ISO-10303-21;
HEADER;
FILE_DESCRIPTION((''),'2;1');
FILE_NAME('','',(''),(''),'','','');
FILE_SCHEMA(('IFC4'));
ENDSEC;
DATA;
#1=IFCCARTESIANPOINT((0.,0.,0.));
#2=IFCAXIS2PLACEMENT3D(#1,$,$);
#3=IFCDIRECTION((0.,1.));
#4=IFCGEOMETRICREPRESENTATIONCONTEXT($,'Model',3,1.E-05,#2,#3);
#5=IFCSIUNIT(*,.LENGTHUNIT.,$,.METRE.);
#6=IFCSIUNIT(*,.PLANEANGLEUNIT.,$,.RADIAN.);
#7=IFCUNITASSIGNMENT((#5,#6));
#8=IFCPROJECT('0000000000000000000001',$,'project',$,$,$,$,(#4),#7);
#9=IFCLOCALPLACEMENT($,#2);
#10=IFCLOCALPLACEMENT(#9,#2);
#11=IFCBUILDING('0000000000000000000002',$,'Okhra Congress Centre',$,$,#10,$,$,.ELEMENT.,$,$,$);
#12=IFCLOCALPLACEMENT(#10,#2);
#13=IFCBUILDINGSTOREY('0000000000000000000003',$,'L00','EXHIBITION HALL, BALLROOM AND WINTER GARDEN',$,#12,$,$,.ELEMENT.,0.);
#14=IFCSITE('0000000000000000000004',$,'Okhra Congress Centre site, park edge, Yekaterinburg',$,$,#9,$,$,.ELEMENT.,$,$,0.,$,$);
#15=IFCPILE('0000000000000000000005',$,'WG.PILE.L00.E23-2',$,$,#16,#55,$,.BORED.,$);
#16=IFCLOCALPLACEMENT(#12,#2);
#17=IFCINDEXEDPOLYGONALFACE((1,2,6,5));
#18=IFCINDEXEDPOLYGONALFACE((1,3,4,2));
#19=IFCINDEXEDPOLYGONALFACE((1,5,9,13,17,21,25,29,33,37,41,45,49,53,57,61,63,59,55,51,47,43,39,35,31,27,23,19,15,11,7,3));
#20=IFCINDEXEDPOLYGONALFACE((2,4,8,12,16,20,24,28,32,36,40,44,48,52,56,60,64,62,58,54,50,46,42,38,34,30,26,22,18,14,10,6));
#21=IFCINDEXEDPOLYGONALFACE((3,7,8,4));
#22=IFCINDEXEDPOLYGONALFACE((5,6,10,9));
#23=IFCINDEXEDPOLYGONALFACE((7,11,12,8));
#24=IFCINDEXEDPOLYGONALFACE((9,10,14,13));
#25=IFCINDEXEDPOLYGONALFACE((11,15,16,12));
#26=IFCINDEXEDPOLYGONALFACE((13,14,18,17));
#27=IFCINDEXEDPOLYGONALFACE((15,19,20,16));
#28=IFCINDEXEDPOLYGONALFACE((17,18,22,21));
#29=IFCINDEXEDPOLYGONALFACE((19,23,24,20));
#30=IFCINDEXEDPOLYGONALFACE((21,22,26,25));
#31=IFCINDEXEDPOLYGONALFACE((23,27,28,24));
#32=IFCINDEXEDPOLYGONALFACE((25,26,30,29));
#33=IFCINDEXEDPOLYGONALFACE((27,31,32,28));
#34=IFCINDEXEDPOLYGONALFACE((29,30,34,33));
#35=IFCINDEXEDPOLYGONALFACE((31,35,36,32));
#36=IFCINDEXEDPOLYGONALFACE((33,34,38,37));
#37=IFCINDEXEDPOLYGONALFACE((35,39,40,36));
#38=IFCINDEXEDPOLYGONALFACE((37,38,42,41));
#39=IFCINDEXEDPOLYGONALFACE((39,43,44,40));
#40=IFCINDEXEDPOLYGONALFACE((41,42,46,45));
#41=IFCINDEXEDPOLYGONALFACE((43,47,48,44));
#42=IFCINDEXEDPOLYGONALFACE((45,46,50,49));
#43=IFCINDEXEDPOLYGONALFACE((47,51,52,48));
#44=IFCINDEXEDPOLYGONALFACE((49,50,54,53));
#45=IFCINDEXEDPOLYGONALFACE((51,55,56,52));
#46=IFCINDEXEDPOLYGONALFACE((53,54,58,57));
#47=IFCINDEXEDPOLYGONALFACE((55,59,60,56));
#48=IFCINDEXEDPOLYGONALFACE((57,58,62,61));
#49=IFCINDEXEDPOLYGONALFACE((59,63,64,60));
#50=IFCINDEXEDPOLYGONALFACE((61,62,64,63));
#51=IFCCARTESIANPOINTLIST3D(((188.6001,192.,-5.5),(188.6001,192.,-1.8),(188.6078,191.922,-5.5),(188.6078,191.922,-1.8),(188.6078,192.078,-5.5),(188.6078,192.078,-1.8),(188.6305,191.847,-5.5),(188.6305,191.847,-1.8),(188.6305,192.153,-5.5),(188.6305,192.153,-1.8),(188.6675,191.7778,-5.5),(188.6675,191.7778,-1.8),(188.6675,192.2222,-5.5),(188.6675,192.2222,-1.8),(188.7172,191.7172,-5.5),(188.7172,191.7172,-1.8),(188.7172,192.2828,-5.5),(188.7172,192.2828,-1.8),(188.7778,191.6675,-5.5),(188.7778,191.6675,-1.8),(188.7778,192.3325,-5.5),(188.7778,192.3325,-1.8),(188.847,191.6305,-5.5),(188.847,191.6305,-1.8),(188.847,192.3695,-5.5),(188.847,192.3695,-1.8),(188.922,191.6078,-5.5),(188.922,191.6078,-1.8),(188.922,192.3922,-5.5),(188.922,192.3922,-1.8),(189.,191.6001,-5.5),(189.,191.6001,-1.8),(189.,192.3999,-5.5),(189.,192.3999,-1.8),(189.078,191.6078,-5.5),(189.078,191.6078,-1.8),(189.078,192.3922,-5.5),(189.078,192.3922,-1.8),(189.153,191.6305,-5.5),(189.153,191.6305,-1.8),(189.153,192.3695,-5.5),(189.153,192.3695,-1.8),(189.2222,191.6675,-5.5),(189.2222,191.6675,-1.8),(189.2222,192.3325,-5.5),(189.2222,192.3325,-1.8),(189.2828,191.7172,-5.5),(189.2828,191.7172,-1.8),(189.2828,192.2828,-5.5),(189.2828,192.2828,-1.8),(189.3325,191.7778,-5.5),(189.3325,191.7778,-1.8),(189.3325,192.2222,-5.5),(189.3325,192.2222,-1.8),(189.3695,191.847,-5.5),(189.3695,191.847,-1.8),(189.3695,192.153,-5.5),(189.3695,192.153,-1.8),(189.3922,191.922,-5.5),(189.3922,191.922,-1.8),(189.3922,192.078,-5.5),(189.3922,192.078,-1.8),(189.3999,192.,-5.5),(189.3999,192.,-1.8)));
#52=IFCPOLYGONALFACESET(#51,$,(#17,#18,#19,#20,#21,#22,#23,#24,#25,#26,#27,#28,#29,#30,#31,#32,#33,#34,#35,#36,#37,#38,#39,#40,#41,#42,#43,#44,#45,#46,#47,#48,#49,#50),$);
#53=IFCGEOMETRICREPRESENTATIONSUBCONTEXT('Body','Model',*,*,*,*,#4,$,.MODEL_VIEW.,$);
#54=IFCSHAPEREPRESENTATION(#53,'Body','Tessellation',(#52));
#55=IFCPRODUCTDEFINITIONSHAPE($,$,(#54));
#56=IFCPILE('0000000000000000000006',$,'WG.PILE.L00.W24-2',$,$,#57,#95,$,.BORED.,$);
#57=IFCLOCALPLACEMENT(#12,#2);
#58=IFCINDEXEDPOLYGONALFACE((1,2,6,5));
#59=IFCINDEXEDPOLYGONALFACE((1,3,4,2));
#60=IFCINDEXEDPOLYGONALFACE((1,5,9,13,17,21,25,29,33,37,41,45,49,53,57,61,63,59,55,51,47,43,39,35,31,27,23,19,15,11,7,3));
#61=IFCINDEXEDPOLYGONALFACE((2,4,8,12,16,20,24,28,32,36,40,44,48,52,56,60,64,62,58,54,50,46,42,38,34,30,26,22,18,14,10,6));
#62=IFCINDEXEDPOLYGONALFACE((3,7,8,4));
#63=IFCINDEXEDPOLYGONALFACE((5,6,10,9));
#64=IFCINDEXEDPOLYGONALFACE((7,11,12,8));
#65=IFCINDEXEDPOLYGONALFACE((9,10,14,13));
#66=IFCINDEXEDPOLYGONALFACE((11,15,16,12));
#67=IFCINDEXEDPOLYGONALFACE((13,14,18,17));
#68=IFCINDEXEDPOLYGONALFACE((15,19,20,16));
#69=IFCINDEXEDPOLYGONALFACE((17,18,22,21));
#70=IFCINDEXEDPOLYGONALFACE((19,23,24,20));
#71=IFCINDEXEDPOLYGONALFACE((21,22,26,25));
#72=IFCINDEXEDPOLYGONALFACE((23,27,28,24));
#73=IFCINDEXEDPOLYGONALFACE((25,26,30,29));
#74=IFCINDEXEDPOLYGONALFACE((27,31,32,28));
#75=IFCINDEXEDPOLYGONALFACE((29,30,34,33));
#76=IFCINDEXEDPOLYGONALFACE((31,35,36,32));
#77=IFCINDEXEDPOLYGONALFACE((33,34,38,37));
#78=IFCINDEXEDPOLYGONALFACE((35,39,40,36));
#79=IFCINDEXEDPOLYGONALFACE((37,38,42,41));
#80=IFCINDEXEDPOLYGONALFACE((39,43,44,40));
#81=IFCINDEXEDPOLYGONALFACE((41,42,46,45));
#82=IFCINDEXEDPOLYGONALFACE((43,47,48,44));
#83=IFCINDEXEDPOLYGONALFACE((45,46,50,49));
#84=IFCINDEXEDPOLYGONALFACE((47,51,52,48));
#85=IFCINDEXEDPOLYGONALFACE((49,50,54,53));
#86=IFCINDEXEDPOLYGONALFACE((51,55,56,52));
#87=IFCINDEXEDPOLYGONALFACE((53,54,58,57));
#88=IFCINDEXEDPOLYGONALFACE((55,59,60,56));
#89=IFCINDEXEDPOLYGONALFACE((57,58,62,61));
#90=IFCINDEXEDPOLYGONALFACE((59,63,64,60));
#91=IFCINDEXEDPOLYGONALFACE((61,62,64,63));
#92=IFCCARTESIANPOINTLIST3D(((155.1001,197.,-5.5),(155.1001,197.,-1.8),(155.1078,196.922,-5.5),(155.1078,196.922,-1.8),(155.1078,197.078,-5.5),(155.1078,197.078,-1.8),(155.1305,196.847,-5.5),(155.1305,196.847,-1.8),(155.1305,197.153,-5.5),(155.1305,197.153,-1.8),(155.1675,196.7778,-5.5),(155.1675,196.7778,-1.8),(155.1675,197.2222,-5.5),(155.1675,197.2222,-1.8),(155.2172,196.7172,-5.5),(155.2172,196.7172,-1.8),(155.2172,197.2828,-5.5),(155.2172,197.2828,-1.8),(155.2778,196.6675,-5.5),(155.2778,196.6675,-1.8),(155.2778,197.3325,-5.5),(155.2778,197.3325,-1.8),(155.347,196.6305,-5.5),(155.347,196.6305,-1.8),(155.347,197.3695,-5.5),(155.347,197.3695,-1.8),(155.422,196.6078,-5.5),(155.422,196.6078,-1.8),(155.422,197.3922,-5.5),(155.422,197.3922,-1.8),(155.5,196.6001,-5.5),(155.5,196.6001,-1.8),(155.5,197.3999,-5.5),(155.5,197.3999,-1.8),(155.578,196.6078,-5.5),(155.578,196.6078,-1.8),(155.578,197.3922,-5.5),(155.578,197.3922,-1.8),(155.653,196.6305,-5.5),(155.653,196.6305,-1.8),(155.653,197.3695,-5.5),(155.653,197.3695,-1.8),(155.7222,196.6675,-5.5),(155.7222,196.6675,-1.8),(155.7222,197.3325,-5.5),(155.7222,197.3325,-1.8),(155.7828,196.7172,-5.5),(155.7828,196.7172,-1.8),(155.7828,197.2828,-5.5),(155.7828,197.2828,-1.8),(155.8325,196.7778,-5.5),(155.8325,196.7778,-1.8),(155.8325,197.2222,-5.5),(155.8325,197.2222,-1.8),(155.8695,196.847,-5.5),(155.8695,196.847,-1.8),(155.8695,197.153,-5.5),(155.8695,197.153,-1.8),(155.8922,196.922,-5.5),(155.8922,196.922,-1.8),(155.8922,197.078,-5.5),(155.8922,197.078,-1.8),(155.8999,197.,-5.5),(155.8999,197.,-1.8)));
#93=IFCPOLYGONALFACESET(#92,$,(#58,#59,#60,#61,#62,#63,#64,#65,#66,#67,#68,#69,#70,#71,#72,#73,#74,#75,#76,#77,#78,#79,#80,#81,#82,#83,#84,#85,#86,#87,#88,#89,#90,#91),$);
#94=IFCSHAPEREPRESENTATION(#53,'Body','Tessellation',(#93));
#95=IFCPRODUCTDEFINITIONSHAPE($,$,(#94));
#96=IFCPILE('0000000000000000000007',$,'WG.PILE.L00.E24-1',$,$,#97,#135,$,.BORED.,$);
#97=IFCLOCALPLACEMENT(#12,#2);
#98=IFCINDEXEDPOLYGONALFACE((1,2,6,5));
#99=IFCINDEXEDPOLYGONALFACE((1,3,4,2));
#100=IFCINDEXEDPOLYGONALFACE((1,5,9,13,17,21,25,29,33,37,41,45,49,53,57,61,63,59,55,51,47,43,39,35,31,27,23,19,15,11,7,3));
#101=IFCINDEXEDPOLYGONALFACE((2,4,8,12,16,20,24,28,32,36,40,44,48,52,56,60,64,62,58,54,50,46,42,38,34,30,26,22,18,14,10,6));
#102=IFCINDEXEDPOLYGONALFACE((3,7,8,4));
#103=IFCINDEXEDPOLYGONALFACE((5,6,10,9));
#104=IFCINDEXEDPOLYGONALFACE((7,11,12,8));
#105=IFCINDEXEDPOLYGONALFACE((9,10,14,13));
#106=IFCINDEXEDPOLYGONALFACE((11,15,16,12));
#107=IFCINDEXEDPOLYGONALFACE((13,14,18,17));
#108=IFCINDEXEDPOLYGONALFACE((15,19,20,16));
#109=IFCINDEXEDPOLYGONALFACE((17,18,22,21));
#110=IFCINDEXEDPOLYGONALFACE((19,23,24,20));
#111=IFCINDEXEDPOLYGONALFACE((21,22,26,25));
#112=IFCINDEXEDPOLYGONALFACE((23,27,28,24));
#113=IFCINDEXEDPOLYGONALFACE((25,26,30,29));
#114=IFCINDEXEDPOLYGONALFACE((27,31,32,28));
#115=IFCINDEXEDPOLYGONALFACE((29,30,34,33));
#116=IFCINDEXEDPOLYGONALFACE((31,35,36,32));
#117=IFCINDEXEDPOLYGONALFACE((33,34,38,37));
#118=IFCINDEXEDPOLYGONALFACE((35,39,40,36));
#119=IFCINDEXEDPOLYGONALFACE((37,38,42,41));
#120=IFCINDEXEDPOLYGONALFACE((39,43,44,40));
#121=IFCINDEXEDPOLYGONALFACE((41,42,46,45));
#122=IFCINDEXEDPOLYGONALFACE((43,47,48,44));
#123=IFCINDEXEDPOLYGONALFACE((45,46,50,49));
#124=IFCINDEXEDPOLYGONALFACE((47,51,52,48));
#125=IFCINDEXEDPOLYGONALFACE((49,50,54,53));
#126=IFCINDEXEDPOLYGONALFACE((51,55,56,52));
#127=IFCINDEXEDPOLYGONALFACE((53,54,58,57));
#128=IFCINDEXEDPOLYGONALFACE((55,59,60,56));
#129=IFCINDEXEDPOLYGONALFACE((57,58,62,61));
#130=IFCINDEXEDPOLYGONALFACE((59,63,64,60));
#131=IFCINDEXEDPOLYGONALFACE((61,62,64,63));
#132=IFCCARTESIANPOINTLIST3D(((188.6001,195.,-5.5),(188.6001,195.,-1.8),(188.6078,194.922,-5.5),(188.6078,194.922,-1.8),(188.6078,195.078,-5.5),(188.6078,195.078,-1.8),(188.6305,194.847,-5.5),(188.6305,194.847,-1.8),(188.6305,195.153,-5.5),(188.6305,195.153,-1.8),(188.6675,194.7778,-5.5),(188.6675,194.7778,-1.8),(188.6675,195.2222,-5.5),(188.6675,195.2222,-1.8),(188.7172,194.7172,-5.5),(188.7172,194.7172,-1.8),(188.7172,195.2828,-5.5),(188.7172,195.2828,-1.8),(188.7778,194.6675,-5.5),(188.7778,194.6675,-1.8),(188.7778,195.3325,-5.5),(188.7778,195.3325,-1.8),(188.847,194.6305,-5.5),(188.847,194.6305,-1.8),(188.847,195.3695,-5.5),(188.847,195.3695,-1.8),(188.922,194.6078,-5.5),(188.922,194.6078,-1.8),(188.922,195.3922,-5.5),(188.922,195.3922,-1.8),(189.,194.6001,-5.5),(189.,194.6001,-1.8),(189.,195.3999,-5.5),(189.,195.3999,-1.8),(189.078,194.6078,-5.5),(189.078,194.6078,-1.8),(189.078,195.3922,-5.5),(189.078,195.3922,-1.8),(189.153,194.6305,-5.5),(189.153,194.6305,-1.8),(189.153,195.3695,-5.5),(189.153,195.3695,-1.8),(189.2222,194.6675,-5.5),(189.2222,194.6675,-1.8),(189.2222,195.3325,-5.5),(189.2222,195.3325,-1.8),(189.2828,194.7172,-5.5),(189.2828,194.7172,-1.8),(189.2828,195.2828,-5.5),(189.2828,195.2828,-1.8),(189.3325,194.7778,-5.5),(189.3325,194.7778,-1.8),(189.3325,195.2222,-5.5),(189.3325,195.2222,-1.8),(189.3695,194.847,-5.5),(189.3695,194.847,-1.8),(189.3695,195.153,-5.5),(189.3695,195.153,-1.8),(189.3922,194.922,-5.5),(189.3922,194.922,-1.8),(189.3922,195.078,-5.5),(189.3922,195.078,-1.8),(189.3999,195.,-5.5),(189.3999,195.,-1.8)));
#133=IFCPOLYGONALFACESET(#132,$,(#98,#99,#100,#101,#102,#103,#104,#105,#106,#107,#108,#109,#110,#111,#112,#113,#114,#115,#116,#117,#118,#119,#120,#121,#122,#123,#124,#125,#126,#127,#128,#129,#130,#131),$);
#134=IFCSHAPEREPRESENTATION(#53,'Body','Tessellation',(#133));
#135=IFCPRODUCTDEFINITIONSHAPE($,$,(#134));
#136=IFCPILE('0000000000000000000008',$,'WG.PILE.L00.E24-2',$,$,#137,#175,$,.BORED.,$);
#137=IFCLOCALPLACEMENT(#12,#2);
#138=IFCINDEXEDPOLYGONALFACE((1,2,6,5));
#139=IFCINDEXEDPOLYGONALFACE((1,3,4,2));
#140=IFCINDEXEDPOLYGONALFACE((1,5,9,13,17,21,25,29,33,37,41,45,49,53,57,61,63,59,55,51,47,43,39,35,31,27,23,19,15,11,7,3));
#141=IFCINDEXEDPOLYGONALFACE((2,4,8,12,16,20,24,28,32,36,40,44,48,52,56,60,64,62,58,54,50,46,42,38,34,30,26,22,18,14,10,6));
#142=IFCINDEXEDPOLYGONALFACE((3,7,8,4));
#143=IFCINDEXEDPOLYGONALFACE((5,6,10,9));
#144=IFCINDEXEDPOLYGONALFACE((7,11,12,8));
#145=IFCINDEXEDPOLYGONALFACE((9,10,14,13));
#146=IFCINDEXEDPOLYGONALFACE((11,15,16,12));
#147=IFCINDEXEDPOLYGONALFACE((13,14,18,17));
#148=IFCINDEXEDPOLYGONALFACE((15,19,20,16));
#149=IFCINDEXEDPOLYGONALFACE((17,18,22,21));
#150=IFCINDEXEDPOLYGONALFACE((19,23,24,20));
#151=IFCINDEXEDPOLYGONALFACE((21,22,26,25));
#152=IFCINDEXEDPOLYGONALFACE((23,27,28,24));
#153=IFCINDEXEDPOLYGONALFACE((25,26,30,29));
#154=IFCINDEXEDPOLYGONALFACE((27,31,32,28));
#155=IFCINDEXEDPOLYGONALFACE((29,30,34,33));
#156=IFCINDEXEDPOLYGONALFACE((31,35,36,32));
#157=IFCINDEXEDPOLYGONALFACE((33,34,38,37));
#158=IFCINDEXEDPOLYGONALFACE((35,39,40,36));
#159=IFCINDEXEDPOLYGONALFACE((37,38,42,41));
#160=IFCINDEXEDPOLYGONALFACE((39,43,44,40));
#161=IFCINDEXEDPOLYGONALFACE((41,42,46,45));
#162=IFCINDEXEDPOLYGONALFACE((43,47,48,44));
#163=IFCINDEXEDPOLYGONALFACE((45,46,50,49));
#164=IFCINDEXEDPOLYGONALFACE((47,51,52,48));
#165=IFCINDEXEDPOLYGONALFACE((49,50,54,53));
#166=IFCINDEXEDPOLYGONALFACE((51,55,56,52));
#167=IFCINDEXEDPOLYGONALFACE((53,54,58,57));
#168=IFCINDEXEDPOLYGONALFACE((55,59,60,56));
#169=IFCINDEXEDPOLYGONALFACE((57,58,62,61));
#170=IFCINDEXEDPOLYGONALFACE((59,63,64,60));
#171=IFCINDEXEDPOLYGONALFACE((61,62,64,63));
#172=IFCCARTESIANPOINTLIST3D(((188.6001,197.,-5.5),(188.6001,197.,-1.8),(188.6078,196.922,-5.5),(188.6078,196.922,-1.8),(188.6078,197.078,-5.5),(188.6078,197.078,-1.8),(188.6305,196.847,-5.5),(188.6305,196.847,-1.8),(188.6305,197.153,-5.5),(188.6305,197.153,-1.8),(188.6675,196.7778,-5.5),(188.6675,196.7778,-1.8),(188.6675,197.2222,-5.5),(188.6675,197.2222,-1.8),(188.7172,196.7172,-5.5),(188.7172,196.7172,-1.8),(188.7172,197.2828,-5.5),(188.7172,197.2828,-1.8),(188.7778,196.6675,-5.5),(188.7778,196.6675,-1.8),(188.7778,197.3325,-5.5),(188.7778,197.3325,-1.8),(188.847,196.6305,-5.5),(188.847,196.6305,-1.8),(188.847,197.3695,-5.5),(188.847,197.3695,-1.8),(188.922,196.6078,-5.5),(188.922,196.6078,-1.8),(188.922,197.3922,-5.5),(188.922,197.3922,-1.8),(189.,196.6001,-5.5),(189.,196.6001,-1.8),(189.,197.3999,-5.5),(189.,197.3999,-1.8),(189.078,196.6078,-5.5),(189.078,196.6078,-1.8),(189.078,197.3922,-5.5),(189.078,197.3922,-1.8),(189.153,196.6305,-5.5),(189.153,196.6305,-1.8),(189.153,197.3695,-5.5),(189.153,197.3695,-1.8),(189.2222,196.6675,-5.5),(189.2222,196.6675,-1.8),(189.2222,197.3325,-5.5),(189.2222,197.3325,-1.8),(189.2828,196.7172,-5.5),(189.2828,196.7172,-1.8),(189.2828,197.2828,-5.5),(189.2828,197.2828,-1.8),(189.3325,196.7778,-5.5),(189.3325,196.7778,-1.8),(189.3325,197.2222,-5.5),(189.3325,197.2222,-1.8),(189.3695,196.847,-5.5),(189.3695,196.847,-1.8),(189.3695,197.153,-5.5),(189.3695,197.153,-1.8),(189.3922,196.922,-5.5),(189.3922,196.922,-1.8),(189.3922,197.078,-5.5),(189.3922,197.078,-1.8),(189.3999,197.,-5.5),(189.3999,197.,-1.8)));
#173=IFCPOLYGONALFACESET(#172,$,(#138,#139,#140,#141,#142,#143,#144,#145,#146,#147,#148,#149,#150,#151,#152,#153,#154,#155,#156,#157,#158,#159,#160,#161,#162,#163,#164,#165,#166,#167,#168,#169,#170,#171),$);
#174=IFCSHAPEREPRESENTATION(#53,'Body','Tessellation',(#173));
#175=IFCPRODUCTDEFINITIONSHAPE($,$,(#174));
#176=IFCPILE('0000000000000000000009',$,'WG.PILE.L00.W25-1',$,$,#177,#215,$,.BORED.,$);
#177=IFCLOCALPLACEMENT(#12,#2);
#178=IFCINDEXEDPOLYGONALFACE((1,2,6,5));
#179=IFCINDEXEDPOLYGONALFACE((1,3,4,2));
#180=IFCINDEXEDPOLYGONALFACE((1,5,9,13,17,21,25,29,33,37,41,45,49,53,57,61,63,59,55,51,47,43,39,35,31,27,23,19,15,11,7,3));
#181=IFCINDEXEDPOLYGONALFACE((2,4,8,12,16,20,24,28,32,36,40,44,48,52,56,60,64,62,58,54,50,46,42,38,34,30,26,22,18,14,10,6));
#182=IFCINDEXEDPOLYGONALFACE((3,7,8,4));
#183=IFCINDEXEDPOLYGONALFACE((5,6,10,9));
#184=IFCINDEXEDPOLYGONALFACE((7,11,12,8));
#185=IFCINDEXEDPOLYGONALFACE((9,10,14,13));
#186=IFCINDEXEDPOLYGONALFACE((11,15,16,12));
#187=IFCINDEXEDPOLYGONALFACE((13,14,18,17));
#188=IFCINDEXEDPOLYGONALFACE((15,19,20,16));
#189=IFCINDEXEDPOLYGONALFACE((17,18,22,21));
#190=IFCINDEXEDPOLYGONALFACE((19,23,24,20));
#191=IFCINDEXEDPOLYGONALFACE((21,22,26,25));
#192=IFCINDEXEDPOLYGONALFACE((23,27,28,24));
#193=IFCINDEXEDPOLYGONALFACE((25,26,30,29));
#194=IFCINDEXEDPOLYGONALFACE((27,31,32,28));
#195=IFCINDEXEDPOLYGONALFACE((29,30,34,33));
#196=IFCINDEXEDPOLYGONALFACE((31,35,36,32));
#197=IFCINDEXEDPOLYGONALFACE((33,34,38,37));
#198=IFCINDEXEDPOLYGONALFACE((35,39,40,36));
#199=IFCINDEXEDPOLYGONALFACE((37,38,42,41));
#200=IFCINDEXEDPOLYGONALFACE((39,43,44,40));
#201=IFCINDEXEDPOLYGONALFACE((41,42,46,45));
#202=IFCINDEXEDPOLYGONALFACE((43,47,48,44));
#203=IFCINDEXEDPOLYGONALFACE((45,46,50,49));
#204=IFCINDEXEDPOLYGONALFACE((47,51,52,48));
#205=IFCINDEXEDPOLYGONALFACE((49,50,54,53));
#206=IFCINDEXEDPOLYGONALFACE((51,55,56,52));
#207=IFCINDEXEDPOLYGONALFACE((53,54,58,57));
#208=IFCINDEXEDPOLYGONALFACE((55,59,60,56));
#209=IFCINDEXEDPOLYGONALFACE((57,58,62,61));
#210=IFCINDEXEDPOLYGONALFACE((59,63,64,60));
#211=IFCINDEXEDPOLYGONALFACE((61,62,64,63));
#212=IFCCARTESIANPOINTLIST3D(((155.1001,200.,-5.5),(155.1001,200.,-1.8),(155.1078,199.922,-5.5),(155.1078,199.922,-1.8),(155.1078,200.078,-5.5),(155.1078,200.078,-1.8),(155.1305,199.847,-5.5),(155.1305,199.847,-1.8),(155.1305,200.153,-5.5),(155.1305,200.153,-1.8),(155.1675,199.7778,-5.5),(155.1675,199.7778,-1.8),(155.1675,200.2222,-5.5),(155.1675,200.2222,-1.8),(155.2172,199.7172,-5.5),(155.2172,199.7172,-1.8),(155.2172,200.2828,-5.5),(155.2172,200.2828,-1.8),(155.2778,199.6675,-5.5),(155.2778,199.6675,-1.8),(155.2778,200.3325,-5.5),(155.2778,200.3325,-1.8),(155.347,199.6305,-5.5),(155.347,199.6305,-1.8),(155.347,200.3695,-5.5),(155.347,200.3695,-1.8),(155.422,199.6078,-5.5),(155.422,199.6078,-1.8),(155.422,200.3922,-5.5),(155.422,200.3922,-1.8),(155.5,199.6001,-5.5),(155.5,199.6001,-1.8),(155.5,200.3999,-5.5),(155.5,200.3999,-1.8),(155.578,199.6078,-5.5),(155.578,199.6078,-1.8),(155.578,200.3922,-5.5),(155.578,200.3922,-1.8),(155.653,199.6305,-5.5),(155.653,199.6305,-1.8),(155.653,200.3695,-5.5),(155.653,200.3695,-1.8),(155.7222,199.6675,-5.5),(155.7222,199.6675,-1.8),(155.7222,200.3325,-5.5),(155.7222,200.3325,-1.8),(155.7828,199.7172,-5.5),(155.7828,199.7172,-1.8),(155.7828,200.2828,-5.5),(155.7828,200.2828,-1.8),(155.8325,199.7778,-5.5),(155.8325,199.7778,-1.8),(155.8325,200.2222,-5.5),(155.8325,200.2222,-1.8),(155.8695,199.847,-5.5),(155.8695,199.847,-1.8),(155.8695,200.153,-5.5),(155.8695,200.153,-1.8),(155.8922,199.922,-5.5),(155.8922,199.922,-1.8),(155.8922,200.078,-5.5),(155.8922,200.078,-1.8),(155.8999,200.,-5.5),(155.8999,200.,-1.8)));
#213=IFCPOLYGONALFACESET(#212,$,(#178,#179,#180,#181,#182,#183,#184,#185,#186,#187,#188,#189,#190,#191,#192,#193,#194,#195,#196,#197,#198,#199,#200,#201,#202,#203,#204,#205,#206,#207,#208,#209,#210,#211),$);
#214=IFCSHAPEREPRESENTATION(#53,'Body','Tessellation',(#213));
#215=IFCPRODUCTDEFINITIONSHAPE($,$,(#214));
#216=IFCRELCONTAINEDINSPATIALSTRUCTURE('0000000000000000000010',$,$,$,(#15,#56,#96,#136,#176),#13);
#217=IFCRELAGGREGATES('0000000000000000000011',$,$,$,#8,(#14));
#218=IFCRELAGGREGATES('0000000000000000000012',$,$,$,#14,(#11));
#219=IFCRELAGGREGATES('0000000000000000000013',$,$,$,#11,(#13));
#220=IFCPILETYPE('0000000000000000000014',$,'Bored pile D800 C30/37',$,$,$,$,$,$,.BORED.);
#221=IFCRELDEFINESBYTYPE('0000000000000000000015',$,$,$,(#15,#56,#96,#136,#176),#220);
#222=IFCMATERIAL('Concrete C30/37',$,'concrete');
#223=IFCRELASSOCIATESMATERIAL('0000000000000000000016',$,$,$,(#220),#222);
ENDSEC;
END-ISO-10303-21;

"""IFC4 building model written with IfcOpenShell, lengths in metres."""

from ifc_helpers import new_model, si_unit, direction, frame, origin, origin_2d, place, context, subcontext, project, spatial, circle, extrude, material, material_profile, profile_set, type_object, element, save


model = new_model("IFC4")

# Units and contexts
model_context = context("Model", 3, precision=1e-05, world=origin(), true_north=direction((0.0, 1.0)))
body_context = subcontext(model_context, "Body", "Model", "MODEL_VIEW")
ifc_project = project(units=[si_unit("LENGTHUNIT", "METRE"), si_unit("PLANEANGLEUNIT", "RADIAN")], contexts=[model_context])

# Site, building, storey
site_placement = place(None, origin())
site = spatial("IfcSite", under=ifc_project, at=site_placement, Name="Okhra Congress Centre site, park edge, Yekaterinburg", CompositionType="ELEMENT", RefElevation=0.0)
building_placement = place(site_placement, origin())
building = spatial("IfcBuilding", under=site, at=building_placement, Name="Okhra Congress Centre", CompositionType="ELEMENT")
storey_placement = place(building_placement, origin())
storey = spatial("IfcBuildingStorey", under=building, at=storey_placement, Name="L00", Description="EXHIBITION HALL, BALLROOM AND WINTER GARDEN", CompositionType="ELEMENT", Elevation=0.0)

# Piles
ifc_material_1 = material(Name="Concrete C30/37", Category="concrete")
ifc_material_profile_1 = material_profile(ifc_material_1, circle(Radius=0.3999, at=origin_2d()), Name="D800")
ifc_profile_set_1 = profile_set([ifc_material_profile_1], Name="Concrete C30/37")
pile_type = type_object("IfcPileType", Name="Bored pile D800 C30/37", PredefinedType="BORED", material=ifc_profile_set_1)
for number, where, z_axis, x_axis, name in (
    (1, (189.0, 192.0, -1.8), (0.0, 0.0, -1.0), (1.0, 0.0, 0.0), "WG.PILE.L00.E23-2"),
    (2, (155.5, 197.0, -1.8), (0.0, 0.0, -1.0), (1.0, 0.0, 0.0), "WG.PILE.L00.W24-2"),
    (3, (189.0, 195.0, -1.8), (0.0, 0.0, -1.0), (1.0, 0.0, 0.0), "WG.PILE.L00.E24-1"),
    (4, (189.0, 197.0, -1.8), (0.0, 0.0, -1.0), (1.0, 0.0, 0.0), "WG.PILE.L00.E24-2"),
    (5, (155.5, 200.0, -1.8), (0.0, 0.0, -1.0), (1.0, 0.0, 0.0), "WG.PILE.L00.W25-1"),
):
    element("IfcPile", number, at=place(storey_placement, frame(where, z_axis=z_axis, x_axis=x_axis)), inside=storey, type_object=pile_type, Name=name, PredefinedType="BORED", context=body_context, shape_type="SweptSolid", body=[
        extrude(circle(Radius=0.3999, at=origin_2d()), origin(), (0.0, 0.0, 1.0), 3.7),
    ])

save(model, "model.ifc")
